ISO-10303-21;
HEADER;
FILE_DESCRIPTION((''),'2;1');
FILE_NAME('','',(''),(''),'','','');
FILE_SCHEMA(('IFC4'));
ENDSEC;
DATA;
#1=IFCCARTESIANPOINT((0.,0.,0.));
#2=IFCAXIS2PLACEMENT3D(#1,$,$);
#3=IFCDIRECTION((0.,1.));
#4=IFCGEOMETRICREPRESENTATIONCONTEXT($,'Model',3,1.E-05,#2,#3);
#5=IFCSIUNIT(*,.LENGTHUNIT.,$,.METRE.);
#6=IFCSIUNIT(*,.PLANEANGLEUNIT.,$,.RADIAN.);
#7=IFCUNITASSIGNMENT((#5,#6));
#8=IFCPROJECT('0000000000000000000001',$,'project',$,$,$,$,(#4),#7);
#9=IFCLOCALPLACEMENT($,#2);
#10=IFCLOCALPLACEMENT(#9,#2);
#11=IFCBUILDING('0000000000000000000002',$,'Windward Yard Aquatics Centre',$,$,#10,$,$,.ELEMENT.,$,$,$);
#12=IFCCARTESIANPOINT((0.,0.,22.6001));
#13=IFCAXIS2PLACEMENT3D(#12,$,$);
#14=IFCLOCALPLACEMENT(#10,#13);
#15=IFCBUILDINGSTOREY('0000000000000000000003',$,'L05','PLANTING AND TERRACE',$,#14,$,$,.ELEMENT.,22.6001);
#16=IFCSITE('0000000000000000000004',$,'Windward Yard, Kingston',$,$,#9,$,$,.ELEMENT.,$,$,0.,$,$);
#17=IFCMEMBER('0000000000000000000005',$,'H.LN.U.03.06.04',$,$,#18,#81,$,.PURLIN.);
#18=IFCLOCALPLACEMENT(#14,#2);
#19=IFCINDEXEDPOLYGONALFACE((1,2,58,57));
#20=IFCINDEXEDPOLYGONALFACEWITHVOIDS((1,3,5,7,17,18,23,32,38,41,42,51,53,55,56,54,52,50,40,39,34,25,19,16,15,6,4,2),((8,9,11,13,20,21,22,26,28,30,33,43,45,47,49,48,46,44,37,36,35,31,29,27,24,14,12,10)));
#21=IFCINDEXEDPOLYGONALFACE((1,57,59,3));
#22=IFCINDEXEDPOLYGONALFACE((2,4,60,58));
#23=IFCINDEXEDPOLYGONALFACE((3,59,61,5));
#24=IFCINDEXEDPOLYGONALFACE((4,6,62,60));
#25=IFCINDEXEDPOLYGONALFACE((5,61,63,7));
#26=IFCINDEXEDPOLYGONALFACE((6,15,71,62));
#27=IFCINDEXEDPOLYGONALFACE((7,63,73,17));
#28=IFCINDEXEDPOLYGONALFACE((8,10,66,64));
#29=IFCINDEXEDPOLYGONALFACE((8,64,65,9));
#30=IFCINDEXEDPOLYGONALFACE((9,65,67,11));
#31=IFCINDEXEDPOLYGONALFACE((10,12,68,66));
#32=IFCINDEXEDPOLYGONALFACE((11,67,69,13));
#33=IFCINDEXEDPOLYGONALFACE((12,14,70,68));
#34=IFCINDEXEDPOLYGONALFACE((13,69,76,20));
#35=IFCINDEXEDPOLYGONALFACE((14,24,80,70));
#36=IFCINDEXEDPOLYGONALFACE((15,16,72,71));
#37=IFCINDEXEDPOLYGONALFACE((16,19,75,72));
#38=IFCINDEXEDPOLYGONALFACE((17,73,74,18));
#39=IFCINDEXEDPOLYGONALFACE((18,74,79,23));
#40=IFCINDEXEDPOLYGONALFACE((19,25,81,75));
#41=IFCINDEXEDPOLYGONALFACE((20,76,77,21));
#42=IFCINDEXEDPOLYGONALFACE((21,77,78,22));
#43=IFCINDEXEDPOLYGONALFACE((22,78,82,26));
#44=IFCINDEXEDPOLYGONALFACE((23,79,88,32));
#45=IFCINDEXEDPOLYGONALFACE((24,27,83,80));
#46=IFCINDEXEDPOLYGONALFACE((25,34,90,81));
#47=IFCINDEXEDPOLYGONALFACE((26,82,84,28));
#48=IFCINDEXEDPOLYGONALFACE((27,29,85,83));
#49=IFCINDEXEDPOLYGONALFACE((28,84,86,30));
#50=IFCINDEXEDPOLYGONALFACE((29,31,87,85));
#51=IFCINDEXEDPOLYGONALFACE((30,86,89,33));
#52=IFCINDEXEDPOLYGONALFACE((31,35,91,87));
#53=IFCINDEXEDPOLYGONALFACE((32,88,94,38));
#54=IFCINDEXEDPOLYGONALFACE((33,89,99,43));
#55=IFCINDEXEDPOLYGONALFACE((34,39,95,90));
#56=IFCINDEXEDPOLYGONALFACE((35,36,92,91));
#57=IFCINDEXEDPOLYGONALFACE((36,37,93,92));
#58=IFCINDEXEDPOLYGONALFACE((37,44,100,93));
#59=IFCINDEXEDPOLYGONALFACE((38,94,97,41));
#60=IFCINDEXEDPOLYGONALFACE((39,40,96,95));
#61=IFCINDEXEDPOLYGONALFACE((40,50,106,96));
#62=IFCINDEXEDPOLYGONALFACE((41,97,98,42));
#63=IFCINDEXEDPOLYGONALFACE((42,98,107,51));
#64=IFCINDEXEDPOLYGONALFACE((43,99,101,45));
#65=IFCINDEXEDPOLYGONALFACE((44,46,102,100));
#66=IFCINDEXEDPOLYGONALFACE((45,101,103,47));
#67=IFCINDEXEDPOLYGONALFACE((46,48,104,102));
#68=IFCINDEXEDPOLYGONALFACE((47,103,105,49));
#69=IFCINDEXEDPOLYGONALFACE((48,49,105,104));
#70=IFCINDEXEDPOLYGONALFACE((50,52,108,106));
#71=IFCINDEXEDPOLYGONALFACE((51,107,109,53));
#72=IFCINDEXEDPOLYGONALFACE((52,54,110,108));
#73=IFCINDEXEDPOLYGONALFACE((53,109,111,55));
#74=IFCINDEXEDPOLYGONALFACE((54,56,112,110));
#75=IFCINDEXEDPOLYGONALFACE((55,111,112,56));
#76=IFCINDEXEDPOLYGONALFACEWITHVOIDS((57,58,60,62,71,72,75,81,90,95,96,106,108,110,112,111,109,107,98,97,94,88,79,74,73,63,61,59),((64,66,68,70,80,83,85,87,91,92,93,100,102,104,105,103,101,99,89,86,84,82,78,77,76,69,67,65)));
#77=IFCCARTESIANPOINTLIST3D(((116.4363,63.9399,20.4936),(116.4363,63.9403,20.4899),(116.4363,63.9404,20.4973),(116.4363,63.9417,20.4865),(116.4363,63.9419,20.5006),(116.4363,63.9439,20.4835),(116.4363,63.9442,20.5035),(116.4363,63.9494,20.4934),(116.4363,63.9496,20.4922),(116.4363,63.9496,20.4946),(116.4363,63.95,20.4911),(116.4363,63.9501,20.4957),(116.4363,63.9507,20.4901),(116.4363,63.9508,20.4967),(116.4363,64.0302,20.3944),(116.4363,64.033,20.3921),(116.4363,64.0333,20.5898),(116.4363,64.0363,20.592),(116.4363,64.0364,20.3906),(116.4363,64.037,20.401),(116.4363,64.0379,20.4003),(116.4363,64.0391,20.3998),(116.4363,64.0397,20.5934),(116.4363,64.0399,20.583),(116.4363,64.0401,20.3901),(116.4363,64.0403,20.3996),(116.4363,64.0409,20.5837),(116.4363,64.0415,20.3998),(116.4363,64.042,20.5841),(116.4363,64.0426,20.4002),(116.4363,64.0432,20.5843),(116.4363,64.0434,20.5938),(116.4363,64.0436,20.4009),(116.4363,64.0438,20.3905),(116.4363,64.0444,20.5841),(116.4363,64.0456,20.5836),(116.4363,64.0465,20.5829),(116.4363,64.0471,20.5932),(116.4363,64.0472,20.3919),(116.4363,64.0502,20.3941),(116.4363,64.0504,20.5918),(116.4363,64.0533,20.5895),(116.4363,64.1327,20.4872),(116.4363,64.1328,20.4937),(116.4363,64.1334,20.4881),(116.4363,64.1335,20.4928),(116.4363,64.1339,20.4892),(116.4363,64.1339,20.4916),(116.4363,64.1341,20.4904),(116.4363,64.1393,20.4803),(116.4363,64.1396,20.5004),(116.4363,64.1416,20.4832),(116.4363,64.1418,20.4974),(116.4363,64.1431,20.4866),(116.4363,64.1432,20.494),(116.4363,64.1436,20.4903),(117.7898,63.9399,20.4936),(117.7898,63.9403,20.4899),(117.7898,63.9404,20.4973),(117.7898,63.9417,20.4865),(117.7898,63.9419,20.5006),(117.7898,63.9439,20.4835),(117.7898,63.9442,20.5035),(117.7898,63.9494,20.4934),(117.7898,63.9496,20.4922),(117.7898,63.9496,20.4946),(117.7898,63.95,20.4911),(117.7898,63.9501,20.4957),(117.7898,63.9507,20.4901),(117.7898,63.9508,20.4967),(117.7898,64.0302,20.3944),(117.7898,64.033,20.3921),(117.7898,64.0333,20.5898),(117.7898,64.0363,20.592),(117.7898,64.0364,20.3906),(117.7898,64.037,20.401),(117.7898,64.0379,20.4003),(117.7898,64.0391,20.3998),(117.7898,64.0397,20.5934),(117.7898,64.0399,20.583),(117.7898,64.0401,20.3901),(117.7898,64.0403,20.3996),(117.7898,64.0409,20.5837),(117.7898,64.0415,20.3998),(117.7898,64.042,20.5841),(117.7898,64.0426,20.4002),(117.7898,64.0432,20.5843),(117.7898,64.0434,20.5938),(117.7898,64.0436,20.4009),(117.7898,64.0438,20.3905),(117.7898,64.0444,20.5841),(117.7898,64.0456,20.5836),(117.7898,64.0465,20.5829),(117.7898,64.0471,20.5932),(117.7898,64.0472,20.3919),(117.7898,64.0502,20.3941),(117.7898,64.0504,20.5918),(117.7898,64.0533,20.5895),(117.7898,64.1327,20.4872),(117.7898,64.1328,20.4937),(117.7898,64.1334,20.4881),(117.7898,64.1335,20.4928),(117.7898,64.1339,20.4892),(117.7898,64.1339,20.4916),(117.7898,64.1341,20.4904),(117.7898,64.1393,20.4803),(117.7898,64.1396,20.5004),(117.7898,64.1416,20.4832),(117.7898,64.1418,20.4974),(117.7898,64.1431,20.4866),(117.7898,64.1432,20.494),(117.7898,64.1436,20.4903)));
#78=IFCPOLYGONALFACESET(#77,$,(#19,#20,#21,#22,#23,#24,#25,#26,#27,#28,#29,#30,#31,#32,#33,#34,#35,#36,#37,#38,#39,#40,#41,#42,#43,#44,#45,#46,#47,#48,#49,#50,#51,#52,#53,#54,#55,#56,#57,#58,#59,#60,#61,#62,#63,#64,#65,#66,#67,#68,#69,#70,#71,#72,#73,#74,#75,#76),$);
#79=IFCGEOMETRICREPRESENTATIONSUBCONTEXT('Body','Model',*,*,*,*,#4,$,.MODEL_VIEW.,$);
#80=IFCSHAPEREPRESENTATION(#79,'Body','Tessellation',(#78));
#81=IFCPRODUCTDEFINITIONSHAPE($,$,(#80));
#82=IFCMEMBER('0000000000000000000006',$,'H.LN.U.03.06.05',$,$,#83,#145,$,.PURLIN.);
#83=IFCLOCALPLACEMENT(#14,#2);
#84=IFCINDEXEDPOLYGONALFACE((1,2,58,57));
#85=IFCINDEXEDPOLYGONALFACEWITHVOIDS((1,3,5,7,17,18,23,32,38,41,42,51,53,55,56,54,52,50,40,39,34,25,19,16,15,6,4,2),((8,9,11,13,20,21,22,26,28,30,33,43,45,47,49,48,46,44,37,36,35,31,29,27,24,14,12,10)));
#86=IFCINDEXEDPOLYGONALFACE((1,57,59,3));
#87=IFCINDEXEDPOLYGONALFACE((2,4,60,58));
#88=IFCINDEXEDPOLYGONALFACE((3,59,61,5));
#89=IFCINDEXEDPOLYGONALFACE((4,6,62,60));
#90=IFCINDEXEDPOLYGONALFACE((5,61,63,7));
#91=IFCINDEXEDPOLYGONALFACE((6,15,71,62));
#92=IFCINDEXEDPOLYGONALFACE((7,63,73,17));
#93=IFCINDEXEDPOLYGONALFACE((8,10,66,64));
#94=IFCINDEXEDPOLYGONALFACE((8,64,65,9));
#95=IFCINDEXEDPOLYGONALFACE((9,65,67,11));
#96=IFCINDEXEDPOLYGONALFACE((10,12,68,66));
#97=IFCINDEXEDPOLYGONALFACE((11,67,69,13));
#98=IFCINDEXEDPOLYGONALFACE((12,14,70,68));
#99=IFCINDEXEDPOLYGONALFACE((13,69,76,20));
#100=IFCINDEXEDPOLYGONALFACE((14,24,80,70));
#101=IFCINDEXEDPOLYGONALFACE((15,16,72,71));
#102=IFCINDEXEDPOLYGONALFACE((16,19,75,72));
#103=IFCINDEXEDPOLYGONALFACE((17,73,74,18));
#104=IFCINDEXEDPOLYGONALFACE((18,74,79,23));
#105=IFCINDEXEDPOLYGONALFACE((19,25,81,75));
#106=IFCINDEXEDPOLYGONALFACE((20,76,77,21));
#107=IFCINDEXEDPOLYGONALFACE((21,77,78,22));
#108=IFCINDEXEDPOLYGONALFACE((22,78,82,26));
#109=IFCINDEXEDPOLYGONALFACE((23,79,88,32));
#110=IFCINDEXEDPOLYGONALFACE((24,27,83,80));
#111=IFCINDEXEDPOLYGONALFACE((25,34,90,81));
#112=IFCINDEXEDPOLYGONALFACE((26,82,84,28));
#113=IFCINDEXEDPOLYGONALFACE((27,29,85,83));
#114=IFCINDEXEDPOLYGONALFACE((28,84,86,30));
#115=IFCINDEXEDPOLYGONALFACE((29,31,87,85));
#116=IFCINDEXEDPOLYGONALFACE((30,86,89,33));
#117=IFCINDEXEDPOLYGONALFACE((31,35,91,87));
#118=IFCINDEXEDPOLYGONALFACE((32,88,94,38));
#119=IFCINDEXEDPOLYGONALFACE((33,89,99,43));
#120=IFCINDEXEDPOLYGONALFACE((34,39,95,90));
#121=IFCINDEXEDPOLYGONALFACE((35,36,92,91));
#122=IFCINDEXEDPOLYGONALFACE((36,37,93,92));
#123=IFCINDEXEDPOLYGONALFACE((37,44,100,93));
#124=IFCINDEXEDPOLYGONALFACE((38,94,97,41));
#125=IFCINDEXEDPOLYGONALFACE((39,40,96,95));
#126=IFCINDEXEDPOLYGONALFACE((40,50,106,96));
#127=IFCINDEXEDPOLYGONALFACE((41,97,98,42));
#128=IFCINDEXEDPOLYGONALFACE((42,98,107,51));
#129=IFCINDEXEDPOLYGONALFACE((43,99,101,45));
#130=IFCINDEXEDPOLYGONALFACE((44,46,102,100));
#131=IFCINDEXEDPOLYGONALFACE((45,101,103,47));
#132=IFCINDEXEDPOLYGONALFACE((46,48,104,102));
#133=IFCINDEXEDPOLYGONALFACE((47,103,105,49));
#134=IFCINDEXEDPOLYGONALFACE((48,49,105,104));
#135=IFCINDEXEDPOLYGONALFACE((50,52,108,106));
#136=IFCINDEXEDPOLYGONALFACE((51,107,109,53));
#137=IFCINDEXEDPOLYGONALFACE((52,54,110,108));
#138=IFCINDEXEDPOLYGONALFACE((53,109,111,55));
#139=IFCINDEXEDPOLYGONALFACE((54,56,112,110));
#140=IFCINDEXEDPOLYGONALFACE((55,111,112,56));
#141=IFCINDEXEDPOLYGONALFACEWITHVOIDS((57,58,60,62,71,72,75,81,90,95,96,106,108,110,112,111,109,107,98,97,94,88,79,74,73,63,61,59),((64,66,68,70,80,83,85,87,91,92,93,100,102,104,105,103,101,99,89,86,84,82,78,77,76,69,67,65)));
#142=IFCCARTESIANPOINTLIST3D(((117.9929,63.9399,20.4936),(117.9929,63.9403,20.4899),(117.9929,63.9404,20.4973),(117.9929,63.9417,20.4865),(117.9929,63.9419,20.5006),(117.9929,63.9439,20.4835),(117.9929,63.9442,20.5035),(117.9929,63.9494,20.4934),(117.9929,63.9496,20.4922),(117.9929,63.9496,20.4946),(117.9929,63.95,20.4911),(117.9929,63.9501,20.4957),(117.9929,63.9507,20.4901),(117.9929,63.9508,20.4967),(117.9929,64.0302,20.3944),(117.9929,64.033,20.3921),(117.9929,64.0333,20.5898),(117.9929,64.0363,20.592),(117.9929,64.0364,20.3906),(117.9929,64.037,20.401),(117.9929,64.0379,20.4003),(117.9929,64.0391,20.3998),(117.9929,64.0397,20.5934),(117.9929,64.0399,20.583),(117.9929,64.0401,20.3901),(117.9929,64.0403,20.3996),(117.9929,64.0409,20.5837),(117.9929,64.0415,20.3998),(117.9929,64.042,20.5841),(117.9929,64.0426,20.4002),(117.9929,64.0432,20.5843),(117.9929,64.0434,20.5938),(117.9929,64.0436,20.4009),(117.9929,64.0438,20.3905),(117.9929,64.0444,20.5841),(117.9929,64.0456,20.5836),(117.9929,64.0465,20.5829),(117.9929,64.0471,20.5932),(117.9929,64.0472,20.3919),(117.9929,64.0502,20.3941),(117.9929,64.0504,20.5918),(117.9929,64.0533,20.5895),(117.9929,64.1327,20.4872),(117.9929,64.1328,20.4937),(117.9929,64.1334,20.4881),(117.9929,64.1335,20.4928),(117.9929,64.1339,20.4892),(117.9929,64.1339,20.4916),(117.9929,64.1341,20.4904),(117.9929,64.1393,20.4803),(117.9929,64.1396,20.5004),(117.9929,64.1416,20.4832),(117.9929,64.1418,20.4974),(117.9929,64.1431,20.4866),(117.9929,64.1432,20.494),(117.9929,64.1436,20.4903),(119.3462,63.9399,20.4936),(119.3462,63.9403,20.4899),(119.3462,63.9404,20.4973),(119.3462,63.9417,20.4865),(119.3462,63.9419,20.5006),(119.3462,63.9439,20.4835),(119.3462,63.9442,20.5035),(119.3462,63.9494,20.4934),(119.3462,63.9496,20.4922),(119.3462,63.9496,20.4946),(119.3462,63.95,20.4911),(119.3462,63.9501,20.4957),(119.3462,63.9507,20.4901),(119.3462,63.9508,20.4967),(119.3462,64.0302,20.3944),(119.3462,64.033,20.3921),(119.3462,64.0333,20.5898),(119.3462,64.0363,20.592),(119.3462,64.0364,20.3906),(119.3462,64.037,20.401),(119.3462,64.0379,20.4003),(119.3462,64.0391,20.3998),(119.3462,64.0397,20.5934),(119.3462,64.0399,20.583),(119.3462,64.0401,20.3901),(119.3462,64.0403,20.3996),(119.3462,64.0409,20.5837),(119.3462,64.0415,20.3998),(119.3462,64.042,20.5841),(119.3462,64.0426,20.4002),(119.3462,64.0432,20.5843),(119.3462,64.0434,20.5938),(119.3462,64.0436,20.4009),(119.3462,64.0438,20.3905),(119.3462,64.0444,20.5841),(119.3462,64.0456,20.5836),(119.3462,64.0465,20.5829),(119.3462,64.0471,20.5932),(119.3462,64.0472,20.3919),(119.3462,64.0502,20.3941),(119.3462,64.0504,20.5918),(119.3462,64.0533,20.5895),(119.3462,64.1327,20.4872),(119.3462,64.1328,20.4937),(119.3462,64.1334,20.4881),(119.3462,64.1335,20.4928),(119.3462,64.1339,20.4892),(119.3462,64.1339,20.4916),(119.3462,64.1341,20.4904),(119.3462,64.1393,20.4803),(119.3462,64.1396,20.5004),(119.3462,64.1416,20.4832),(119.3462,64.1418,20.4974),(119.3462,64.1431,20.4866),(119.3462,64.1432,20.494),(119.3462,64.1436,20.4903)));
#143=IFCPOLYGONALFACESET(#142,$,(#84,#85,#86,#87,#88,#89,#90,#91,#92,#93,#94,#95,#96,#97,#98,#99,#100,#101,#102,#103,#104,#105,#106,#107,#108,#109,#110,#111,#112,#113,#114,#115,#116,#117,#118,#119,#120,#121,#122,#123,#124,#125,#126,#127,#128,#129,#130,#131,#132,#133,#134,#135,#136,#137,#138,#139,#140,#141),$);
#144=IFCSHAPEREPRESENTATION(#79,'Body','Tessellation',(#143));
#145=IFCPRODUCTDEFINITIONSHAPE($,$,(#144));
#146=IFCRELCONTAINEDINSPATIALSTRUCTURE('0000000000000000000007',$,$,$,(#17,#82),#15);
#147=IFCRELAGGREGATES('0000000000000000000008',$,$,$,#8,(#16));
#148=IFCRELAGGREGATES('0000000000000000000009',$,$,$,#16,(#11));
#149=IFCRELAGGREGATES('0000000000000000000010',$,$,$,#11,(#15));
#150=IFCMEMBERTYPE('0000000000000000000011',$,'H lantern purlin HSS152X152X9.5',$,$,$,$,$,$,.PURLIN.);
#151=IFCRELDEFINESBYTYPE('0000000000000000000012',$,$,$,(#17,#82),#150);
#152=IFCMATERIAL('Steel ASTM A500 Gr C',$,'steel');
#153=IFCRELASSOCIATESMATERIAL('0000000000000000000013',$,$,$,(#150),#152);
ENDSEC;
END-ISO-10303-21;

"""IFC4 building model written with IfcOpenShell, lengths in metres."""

from ifc_helpers import new_model, si_unit, direction, frame, origin, origin_2d, place, context, subcontext, project, spatial, hollow_rectangle, extrude, material, material_profile, profile_set, type_object, element, save


model = new_model("IFC4")

# Units and contexts
model_context = context("Model", 3, precision=1e-05, world=origin(), true_north=direction((0.0, 1.0)))
body_context = subcontext(model_context, "Body", "Model", "MODEL_VIEW")
ifc_project = project(units=[si_unit("LENGTHUNIT", "METRE"), si_unit("PLANEANGLEUNIT", "RADIAN")], contexts=[model_context])

# Site, building, storey
site_placement = place(None, origin())
site = spatial("IfcSite", under=ifc_project, at=site_placement, Name="Windward Yard, Kingston", CompositionType="ELEMENT", RefElevation=0.0)
building_placement = place(site_placement, origin())
building = spatial("IfcBuilding", under=site, at=building_placement, Name="Windward Yard Aquatics Centre", CompositionType="ELEMENT")
storey_placement = place(building_placement, frame((0.0, 0.0, 22.6001)))
storey = spatial("IfcBuildingStorey", under=building, at=storey_placement, Name="L05", Description="PLANTING AND TERRACE", CompositionType="ELEMENT", Elevation=22.6001)

# Members
ifc_material_1 = material(Name="Steel ASTM A500 Gr C", Category="steel")
ifc_material_profile = material_profile(ifc_material_1, hollow_rectangle(XDim=0.1523, YDim=0.1523, WallThickness=0.0095, InnerFilletRadius=0.0046, OuterFilletRadius=0.0142, at=origin_2d()), Name="HSS152X152X9.5")
ifc_profile_set = profile_set([ifc_material_profile], Name="Steel ASTM A500 Gr C")
member_type = type_object("IfcMemberType", Name="H lantern purlin HSS152X152X9.5", PredefinedType="PURLIN", material=ifc_profile_set)
member_1_placement = place(storey_placement, frame((116.4363, 64.0417, 20.4919), z_axis=(1.0, 0.0, 0.0), x_axis=(0.0, 0.69555, -0.718477)))
element("IfcMember", 1, at=member_1_placement, inside=storey, type_object=member_type, Name="H.LN.U.03.06.04", PredefinedType="PURLIN", context=body_context, shape_type="SweptSolid", body=[
    extrude(hollow_rectangle(XDim=0.1523, YDim=0.1523, WallThickness=0.0095, InnerFilletRadius=0.0046, OuterFilletRadius=0.0142, at=origin_2d()), origin(), (0.0, 0.0, 1.0), 1.3535),
])
for number, where, z_axis, x_axis, name in (
    (2, (117.9929, 64.0417, 20.4919), (1.0, 0.0, 0.0), (0.0, 0.69555, -0.718477), "H.LN.U.03.06.05"),
):
    element("IfcMember", number, at=place(storey_placement, frame(where, z_axis=z_axis, x_axis=x_axis)), inside=storey, type_object=member_type, Name=name, PredefinedType="PURLIN", context=body_context, shape_type="SweptSolid", body=[
        extrude(hollow_rectangle(XDim=0.1523, YDim=0.1523, WallThickness=0.0095, InnerFilletRadius=0.0046, OuterFilletRadius=0.0142, at=origin_2d()), origin(), (0.0, 0.0, 1.0), 1.3533),
    ])

save(model, "model.ifc")
